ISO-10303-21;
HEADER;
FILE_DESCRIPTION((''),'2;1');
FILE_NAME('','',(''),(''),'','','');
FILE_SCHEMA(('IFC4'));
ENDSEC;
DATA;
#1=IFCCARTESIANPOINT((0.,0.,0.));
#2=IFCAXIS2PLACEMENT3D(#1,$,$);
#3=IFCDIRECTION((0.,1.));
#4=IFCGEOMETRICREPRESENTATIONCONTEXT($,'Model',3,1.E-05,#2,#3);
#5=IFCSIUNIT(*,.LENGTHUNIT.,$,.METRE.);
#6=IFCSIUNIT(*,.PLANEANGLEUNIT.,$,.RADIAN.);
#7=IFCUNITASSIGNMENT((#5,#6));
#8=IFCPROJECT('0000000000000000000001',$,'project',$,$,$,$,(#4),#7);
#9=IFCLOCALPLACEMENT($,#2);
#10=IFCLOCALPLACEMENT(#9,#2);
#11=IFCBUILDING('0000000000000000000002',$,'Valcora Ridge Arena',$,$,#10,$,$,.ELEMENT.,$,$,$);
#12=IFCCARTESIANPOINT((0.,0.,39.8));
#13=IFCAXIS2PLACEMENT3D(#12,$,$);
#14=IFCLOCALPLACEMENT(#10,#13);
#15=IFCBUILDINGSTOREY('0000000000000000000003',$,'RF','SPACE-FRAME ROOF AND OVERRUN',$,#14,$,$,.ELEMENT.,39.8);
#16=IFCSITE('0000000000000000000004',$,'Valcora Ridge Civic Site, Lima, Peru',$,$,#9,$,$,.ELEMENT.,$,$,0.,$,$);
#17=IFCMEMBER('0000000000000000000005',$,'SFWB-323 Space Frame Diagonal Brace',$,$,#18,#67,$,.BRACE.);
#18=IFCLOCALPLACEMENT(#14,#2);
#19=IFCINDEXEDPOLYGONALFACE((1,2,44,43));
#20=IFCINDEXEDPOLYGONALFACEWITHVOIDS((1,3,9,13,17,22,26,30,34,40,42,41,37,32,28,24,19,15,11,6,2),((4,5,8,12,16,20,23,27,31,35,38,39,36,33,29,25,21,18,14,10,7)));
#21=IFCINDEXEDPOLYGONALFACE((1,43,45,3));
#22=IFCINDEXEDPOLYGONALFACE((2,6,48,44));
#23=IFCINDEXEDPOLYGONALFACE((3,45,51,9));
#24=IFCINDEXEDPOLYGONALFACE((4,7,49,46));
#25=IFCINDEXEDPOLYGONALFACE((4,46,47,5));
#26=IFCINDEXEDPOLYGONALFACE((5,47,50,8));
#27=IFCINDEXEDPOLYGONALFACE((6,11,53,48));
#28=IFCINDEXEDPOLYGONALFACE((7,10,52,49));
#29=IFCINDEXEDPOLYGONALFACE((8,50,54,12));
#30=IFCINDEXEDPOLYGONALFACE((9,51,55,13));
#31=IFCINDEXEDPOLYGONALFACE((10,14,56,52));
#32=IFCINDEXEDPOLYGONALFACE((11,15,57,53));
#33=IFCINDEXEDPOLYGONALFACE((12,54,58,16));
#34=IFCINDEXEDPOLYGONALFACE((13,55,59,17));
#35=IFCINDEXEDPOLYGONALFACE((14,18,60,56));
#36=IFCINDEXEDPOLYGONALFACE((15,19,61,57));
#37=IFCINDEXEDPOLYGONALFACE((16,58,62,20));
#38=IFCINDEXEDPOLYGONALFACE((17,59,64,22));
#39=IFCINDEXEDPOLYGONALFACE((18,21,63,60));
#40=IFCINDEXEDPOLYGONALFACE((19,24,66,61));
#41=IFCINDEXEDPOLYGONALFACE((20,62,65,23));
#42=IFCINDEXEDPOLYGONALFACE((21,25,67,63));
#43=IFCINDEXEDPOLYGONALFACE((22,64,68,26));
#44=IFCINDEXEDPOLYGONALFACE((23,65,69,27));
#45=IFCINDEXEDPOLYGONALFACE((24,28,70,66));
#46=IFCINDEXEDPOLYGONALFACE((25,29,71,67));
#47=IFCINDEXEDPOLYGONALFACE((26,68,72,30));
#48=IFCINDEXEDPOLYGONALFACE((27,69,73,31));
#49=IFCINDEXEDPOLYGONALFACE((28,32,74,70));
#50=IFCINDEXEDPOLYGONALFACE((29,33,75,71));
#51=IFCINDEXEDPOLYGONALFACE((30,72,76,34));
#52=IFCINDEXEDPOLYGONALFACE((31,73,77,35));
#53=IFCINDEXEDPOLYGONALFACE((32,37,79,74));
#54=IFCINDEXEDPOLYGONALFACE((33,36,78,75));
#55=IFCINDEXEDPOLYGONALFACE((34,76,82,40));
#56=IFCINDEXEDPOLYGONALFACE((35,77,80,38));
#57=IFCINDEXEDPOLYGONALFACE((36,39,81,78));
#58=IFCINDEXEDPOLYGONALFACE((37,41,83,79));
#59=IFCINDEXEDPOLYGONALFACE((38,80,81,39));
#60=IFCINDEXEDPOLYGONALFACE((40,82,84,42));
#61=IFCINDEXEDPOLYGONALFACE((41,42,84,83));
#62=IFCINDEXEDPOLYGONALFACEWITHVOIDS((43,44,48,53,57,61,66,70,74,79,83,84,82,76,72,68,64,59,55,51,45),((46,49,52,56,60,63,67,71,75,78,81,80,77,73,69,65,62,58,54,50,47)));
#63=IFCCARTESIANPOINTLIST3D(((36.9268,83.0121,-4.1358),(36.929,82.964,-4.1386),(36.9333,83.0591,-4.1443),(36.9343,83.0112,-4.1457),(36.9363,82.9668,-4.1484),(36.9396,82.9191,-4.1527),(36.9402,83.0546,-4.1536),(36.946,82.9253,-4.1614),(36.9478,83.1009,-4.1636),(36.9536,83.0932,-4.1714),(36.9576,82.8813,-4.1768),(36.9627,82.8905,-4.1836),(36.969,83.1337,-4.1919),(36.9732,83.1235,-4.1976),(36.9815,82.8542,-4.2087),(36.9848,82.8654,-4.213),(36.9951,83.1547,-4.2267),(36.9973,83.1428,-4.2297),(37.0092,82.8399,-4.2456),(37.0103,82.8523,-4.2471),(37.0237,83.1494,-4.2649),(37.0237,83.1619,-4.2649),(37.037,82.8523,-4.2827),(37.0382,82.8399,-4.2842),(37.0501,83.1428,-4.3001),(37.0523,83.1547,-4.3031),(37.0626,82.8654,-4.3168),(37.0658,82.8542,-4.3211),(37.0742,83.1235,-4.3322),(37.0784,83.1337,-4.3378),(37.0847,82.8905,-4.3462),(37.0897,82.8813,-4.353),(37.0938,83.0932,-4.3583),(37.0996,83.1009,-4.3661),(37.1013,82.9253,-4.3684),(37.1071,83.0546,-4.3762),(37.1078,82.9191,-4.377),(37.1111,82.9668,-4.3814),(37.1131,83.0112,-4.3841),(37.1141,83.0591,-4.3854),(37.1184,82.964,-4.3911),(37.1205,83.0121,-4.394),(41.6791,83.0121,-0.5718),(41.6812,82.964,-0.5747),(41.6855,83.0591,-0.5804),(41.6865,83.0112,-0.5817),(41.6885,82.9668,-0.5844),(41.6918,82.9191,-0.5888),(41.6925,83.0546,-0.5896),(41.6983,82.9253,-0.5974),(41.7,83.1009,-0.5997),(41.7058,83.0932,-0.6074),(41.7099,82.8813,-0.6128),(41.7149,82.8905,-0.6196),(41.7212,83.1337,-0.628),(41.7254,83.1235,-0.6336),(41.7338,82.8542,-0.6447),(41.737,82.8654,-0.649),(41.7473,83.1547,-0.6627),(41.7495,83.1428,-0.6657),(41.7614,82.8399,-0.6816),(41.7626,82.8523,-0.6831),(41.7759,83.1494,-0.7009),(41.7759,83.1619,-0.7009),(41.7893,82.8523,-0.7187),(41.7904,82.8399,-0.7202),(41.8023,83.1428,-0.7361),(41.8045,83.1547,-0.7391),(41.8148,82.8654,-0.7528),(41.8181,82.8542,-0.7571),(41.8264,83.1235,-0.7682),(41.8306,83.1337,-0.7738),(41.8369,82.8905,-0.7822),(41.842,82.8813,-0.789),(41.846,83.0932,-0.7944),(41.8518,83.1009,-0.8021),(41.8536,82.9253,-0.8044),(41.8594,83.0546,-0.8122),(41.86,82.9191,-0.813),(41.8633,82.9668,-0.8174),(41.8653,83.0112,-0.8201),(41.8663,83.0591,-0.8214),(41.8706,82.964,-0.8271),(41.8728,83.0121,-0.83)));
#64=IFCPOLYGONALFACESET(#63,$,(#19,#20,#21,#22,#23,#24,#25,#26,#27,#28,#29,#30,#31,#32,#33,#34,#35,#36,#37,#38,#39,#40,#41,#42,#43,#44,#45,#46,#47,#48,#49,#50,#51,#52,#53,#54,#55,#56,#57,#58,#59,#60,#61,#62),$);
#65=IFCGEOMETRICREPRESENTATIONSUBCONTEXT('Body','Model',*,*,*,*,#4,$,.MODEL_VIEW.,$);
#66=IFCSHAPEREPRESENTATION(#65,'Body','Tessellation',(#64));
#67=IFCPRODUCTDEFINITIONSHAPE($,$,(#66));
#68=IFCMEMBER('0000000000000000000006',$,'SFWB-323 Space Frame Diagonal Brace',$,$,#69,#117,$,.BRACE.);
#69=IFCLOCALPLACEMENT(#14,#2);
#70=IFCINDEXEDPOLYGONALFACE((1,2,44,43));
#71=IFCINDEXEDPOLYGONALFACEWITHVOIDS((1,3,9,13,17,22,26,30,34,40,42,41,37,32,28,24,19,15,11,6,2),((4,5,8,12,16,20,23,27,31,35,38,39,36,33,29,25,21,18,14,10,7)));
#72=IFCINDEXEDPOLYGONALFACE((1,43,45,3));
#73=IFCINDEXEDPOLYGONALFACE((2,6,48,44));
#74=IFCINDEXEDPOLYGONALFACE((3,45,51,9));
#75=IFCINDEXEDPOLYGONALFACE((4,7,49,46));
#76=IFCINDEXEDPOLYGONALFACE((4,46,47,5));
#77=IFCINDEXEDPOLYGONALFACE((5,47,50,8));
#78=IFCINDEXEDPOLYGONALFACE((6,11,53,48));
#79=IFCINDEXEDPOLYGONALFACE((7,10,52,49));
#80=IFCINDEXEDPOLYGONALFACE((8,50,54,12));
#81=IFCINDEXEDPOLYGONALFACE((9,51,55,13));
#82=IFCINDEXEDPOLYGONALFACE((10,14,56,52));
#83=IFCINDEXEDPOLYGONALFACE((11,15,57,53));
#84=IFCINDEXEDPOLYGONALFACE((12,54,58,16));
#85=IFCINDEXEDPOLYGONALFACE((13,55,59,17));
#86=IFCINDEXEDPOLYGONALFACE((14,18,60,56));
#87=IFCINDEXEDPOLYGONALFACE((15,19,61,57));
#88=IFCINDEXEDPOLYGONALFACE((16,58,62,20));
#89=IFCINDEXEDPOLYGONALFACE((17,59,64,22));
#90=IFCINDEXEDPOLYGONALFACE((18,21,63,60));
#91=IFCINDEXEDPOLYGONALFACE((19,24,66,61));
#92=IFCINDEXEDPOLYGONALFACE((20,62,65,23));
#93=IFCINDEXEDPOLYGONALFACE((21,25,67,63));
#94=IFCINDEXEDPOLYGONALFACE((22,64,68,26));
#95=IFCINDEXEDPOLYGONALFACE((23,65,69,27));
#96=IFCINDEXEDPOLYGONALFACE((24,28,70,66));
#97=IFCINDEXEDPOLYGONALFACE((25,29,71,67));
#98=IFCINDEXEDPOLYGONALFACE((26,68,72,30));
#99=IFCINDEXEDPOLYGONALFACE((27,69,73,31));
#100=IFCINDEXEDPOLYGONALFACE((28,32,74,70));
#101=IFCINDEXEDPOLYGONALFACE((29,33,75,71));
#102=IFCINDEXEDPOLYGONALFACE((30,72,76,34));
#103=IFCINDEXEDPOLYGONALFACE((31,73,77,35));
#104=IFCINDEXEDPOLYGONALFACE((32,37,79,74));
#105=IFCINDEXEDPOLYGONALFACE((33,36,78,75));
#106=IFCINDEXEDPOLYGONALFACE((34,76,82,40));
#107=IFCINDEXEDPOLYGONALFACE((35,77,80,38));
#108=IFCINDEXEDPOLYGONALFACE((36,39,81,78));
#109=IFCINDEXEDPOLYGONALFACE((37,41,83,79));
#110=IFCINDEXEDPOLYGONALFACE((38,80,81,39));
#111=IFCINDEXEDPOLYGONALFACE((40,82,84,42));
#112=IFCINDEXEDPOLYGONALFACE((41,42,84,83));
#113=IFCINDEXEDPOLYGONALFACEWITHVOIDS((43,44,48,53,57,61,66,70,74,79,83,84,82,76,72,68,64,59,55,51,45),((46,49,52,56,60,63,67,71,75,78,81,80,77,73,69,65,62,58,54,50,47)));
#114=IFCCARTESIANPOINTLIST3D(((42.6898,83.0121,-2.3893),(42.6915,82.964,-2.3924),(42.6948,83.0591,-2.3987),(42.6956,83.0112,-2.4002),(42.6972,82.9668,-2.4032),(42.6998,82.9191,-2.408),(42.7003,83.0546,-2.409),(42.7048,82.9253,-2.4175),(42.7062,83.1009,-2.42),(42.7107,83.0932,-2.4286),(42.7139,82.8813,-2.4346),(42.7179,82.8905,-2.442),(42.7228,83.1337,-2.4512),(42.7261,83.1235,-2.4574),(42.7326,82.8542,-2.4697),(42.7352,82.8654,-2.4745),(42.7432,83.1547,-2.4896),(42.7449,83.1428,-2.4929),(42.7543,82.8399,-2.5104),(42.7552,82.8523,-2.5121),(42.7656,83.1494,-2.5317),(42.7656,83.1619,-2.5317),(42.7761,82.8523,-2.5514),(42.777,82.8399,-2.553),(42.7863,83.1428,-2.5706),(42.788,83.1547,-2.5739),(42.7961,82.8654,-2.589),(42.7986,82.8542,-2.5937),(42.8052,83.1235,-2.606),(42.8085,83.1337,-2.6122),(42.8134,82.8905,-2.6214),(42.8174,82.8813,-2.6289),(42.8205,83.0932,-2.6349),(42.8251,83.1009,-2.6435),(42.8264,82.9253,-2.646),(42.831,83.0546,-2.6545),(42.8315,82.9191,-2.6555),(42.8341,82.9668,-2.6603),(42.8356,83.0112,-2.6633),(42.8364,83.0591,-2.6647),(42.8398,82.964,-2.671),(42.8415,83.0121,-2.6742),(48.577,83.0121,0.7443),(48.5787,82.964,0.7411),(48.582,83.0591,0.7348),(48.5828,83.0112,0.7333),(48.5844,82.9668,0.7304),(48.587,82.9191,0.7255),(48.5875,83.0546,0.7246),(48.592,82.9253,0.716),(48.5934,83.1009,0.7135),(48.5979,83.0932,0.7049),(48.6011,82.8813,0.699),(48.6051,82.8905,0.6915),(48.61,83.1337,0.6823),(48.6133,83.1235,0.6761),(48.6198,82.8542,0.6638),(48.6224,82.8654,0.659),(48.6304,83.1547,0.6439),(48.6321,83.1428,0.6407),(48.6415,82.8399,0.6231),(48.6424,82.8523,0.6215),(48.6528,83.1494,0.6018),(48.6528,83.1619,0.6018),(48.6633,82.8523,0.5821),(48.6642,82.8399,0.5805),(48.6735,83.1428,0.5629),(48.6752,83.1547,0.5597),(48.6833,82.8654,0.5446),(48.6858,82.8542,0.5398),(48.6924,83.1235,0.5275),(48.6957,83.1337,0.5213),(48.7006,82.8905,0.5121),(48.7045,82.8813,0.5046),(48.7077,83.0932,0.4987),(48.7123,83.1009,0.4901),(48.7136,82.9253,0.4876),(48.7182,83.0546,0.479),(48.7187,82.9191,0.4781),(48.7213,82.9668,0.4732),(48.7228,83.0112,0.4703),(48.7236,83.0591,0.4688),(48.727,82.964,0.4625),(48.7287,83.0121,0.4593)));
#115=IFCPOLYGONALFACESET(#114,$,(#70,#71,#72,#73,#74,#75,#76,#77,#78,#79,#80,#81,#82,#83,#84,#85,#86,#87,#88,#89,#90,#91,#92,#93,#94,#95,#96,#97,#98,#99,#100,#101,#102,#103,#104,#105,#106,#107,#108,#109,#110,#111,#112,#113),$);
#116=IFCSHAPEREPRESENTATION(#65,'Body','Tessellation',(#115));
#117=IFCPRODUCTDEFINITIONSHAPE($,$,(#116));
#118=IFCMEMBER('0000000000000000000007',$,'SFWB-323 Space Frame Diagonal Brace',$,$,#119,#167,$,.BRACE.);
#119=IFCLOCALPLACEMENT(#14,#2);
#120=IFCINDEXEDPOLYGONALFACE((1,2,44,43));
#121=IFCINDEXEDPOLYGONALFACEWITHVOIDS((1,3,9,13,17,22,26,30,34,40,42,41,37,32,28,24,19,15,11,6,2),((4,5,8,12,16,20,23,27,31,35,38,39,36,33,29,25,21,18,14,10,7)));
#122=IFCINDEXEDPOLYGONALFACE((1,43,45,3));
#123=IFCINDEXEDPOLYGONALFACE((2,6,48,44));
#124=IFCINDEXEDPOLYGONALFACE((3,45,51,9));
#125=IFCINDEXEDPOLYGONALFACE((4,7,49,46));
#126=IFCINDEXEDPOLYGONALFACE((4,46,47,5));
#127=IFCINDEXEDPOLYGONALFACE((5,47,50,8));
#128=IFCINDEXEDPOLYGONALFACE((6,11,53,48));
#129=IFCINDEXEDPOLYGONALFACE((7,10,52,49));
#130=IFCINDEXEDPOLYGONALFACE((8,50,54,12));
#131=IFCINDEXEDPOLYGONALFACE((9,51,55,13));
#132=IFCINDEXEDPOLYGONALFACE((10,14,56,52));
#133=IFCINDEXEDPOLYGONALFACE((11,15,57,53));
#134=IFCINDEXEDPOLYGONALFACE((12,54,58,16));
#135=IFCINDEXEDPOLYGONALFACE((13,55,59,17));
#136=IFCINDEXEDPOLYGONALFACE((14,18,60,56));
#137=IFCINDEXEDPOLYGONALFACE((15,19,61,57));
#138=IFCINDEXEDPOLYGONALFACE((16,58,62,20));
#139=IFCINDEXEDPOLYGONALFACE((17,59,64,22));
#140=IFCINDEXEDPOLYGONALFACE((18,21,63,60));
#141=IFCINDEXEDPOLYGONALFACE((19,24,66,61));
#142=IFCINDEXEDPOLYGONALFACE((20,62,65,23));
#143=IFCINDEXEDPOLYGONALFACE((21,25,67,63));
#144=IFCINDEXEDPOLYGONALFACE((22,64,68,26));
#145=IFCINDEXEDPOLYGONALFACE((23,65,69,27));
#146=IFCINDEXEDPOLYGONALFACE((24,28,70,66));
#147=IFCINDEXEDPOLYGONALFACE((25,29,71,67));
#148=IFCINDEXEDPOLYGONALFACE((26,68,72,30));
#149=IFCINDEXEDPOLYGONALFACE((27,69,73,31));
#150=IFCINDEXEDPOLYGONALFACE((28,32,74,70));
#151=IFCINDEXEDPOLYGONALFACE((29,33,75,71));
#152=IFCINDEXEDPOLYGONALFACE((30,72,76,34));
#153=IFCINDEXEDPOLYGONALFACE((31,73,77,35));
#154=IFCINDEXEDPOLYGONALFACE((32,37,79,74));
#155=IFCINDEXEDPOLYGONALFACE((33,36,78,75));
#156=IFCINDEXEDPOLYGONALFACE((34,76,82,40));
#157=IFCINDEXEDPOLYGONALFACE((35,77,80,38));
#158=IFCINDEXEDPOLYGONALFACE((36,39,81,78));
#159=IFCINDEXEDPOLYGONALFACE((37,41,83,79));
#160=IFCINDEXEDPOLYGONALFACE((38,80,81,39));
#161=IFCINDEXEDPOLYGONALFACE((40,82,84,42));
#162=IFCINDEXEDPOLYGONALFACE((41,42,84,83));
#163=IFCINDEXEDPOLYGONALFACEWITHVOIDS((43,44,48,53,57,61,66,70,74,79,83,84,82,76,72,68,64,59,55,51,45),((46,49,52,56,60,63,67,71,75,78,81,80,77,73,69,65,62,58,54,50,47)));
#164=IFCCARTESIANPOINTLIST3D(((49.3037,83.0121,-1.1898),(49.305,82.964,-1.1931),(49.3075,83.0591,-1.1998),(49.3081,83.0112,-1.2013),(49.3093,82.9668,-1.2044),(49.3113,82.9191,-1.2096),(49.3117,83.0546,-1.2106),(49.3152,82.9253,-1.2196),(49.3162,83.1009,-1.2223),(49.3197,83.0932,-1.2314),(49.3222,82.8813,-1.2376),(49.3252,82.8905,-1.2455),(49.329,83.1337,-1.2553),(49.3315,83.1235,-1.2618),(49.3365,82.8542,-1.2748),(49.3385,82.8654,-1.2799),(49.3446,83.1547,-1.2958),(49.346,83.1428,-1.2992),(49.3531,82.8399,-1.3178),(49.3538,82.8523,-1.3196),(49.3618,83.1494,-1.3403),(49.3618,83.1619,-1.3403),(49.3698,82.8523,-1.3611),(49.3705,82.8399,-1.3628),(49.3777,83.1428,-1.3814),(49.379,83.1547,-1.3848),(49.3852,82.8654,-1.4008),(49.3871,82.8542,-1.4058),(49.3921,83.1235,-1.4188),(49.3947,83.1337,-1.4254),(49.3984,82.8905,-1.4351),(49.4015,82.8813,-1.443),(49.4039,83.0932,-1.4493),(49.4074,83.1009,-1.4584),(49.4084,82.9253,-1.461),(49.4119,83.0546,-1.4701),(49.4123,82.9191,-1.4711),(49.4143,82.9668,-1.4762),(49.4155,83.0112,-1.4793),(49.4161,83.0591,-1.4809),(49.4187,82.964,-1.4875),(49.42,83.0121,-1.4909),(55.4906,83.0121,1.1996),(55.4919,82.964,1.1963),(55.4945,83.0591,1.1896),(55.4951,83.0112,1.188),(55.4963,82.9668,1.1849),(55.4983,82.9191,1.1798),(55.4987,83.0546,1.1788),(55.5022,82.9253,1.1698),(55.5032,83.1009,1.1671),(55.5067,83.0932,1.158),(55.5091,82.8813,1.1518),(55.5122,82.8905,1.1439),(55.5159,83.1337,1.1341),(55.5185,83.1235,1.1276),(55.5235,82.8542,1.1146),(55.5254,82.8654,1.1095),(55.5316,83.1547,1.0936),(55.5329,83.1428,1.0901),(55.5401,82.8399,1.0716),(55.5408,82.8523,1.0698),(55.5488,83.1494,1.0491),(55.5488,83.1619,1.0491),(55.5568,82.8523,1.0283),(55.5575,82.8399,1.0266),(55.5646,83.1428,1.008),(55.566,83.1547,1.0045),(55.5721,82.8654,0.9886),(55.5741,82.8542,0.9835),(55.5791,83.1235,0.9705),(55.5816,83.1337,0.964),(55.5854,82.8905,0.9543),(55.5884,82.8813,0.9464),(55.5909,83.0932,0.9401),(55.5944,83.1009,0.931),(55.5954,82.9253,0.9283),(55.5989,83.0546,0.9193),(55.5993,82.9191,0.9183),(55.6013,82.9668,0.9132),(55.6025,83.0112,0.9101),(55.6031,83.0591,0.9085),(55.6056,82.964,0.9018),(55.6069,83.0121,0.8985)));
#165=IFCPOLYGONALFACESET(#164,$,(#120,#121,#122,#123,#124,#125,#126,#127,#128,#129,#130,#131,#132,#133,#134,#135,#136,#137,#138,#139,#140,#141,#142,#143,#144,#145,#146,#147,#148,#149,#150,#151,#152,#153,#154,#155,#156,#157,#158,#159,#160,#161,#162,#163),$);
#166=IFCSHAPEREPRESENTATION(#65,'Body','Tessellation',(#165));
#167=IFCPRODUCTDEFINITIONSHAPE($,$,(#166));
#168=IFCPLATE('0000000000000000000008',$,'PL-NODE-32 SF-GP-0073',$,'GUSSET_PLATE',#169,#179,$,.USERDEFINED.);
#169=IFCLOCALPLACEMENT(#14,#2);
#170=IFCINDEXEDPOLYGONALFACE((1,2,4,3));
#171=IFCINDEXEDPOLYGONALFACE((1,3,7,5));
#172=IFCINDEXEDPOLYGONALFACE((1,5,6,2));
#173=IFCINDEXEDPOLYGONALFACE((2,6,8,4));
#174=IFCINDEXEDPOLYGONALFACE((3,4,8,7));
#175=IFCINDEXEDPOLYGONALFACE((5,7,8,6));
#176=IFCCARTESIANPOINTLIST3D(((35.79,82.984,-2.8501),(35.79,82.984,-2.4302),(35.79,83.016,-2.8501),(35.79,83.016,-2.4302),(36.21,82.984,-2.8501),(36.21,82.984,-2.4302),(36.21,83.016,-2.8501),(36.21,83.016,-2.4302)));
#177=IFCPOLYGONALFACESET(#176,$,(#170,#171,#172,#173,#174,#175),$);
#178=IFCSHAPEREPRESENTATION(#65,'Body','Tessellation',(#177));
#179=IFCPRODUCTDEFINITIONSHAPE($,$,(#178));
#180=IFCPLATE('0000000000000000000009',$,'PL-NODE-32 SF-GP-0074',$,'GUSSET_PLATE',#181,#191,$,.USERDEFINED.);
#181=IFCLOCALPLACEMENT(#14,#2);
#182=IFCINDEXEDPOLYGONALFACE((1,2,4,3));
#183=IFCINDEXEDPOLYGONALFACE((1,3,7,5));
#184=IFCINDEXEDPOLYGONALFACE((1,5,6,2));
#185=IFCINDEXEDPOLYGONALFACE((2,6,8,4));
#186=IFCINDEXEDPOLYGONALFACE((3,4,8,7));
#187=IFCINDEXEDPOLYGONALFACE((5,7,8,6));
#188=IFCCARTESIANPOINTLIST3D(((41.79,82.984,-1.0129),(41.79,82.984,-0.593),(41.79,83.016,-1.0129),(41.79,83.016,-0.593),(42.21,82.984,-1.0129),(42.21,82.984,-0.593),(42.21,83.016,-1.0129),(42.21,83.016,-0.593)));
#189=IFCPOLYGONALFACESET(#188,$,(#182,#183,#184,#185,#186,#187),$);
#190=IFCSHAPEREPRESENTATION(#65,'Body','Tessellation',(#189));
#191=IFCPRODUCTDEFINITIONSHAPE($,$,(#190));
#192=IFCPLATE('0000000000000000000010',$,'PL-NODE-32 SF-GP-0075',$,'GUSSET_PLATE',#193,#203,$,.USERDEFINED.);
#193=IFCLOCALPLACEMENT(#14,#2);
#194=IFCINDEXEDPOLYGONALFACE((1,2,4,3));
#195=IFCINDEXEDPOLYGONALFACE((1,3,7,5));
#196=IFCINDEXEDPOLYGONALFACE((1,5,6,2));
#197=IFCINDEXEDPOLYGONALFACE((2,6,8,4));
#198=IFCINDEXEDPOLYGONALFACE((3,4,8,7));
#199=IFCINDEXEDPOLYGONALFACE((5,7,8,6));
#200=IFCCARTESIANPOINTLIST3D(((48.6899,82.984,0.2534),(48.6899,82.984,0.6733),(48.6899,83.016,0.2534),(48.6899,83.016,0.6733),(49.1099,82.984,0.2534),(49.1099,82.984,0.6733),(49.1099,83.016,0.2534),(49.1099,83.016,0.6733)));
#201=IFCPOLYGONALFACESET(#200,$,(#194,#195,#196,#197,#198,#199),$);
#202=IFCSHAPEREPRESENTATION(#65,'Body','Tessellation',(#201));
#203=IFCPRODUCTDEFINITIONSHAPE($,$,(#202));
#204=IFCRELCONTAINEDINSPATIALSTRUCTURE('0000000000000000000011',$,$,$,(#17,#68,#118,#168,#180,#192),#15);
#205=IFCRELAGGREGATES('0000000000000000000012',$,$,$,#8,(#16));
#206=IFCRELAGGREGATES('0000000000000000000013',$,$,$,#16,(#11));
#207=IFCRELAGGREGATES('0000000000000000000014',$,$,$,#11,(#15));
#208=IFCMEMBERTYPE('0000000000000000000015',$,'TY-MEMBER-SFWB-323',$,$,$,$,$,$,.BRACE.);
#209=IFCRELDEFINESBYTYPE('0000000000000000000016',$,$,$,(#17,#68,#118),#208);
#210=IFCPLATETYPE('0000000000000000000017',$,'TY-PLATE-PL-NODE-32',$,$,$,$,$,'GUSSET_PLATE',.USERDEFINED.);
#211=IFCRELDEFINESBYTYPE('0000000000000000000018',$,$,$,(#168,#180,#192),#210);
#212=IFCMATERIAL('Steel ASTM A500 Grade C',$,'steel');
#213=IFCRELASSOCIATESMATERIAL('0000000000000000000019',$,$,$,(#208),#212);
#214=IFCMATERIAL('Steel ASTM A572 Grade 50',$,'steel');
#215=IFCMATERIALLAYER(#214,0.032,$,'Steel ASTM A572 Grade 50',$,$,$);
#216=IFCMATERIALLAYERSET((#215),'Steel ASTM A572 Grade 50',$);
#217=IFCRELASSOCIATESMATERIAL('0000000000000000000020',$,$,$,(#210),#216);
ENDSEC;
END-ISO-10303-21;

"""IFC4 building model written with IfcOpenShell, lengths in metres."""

from ifc_helpers import new_model, si_unit, direction, frame, origin, origin_2d, place, context, subcontext, project, spatial, rectangle, hollow_circle, extrude, material, layer, layer_set, material_profile, profile_set, type_object, element, save


model = new_model("IFC4")

# Units and contexts
model_context = context("Model", 3, precision=1e-05, world=origin(), true_north=direction((0.0, 1.0)))
body_context = subcontext(model_context, "Body", "Model", "MODEL_VIEW")
ifc_project = project(units=[si_unit("LENGTHUNIT", "METRE"), si_unit("PLANEANGLEUNIT", "RADIAN")], contexts=[model_context])

# Site, building, storey
site_placement = place(None, origin())
site = spatial("IfcSite", under=ifc_project, at=site_placement, Name="Valcora Ridge Civic Site, Lima, Peru", CompositionType="ELEMENT", RefElevation=0.0)
building_placement = place(site_placement, origin())
building = spatial("IfcBuilding", under=site, at=building_placement, Name="Valcora Ridge Arena", CompositionType="ELEMENT")
storey_placement = place(building_placement, frame((0.0, 0.0, 39.8)))
storey = spatial("IfcBuildingStorey", under=building, at=storey_placement, Name="RF", Description="SPACE-FRAME ROOF AND OVERRUN", CompositionType="ELEMENT", Elevation=39.8)

# Members
ifc_material_1 = material(Name="Steel ASTM A572 Grade 50", Category="steel")
ifc_material_2 = material(Name="Steel ASTM A500 Grade C", Category="steel")
ifc_material_profile_1 = material_profile(ifc_material_2, hollow_circle(Radius=0.1619, WallThickness=0.0125, at=origin_2d()), Name="CHS323X12")
ifc_profile_set_1 = profile_set([ifc_material_profile_1], Name="Steel ASTM A500 Grade C")
member_type_1 = type_object("IfcMemberType", Name="TY-MEMBER-SFWB-323", PredefinedType="BRACE", material=ifc_profile_set_1)
member_1_placement = place(storey_placement, frame((37.0237, 83.0, -4.2649), z_axis=(0.800015, 0.0, 0.59998), x_axis=(0.0, 1.0, 0.0)))
element("IfcMember", 1, at=member_1_placement, inside=storey, type_object=member_type_1, Name="SFWB-323 Space Frame Diagonal Brace", PredefinedType="BRACE", context=body_context, shape_type="SweptSolid", body=[
    extrude(hollow_circle(Radius=0.1619, WallThickness=0.0125, at=origin_2d()), origin(), (0.0, 0.0, 1.0), 5.9402),
])
member_2_placement = place(storey_placement, frame((42.7656, 83.0, -2.5317), z_axis=(0.882745, 0.0, 0.469853), x_axis=(0.0, 1.0, 0.0)))
element("IfcMember", 2, at=member_2_placement, inside=storey, type_object=member_type_1, Name="SFWB-323 Space Frame Diagonal Brace", PredefinedType="BRACE", context=body_context, shape_type="SweptSolid", body=[
    extrude(hollow_circle(Radius=0.1619, WallThickness=0.0125, at=origin_2d()), origin(), (0.0, 0.0, 1.0), 6.6692),
])
member_3_placement = place(storey_placement, frame((49.3618, 83.0, -1.3403), z_axis=(0.93285, 0.0, 0.360264), x_axis=(0.0, 1.0, 0.0)))
element("IfcMember", 3, at=member_3_placement, inside=storey, type_object=member_type_1, Name="SFWB-323 Space Frame Diagonal Brace", PredefinedType="BRACE", context=body_context, shape_type="SweptSolid", body=[
    extrude(hollow_circle(Radius=0.1619, WallThickness=0.0125, at=origin_2d()), origin(), (0.0, 0.0, 1.0), 6.6323),
])

# Plates
ifc_layer_1 = layer(ifc_material_1, 0.032, Name="Steel ASTM A572 Grade 50")
ifc_layer_set_1 = layer_set([ifc_layer_1], Name="Steel ASTM A572 Grade 50")
plate_type = type_object("IfcPlateType", Name="TY-PLATE-PL-NODE-32", ElementType="GUSSET_PLATE", PredefinedType="USERDEFINED", material=ifc_layer_set_1)
for number, where, z_axis, x_axis, name in (
    (4, (36.0, 83.0, -2.8501), (0.0, 0.0, 1.0), (1.0, 0.0, 0.0), "PL-NODE-32 SF-GP-0073"),
    (5, (42.0, 83.0, -1.0129), (0.0, 0.0, 1.0), (1.0, 0.0, 0.0), "PL-NODE-32 SF-GP-0074"),
    (6, (48.8999, 83.0, 0.2534), (0.0, 0.0, 1.0), (1.0, 0.0, 0.0), "PL-NODE-32 SF-GP-0075"),
):
    element("IfcPlate", number, at=place(storey_placement, frame(where, z_axis=z_axis, x_axis=x_axis)), inside=storey, type_object=plate_type, Name=name, ObjectType="GUSSET_PLATE", PredefinedType="USERDEFINED", context=body_context, shape_type="SweptSolid", body=[
        extrude(rectangle(XDim=0.4199, YDim=0.032, at=origin_2d()), origin(), (0.0, 0.0, 1.0), 0.4199),
    ])

save(model, "model.ifc")
